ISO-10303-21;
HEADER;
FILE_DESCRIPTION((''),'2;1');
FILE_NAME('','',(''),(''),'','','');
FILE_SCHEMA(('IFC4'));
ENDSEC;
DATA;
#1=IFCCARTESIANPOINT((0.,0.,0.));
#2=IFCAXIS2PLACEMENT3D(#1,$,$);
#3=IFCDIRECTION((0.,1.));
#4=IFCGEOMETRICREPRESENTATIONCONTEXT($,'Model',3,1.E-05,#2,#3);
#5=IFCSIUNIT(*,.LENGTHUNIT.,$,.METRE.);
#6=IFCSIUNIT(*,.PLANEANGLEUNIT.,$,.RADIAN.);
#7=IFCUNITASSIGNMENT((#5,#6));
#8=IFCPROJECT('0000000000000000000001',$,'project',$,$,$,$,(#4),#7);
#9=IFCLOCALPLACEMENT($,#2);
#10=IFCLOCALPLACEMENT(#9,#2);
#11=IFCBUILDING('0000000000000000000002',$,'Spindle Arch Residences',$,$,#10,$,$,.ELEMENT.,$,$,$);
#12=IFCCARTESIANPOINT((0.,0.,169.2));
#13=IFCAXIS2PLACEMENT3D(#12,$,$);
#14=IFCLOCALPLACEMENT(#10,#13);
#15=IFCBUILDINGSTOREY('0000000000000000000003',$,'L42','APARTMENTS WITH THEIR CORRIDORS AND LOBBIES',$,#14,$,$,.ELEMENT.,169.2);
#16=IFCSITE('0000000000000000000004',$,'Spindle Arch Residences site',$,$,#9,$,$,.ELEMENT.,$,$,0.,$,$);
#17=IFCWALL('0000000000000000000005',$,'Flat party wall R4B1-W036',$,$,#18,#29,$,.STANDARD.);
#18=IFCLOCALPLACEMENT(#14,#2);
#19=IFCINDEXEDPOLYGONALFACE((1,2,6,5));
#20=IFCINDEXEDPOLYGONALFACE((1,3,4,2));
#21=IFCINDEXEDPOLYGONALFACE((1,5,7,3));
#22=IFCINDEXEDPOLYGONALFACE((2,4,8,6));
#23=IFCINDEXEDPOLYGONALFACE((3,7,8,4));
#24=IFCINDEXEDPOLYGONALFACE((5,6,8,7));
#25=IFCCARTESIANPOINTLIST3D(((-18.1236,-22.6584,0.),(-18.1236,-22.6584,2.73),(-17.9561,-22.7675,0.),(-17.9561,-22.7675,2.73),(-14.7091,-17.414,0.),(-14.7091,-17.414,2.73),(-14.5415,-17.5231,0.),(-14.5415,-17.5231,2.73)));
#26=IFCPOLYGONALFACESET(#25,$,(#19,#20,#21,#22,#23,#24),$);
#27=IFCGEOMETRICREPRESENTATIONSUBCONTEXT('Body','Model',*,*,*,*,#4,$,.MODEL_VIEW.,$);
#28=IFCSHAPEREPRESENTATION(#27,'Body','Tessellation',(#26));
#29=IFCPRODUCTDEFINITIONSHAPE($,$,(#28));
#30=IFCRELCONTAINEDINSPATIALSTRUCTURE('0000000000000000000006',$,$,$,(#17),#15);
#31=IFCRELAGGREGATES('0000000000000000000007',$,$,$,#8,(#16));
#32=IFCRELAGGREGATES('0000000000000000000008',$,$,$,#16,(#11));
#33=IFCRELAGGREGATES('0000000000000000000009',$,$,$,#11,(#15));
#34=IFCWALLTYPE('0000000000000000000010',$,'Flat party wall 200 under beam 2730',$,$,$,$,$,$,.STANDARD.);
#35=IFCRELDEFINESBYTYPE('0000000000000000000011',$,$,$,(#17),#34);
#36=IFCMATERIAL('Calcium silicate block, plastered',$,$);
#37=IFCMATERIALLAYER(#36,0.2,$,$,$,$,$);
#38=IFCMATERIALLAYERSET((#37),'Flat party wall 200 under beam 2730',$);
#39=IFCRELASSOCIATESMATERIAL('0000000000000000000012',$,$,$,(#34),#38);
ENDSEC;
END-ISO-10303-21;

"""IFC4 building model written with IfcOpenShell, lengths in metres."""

from ifc_helpers import new_model, si_unit, direction, frame, frame_2d, origin, place, context, subcontext, project, spatial, rectangle, extrude, material, layer, layer_set, type_object, element, save


model = new_model("IFC4")

# Units and contexts
model_context = context("Model", 3, precision=1e-05, world=origin(), true_north=direction((0.0, 1.0)))
body_context = subcontext(model_context, "Body", "Model", "MODEL_VIEW")
ifc_project = project(units=[si_unit("LENGTHUNIT", "METRE"), si_unit("PLANEANGLEUNIT", "RADIAN")], contexts=[model_context])

# Site, building, storey
site_placement = place(None, origin())
site = spatial("IfcSite", under=ifc_project, at=site_placement, Name="Spindle Arch Residences site", CompositionType="ELEMENT", RefElevation=0.0)
building_placement = place(site_placement, origin())
building = spatial("IfcBuilding", under=site, at=building_placement, Name="Spindle Arch Residences", CompositionType="ELEMENT")
storey_placement = place(building_placement, frame((0.0, 0.0, 169.2)))
storey = spatial("IfcBuildingStorey", under=building, at=storey_placement, Name="L42", Description="APARTMENTS WITH THEIR CORRIDORS AND LOBBIES", CompositionType="ELEMENT", Elevation=169.2)

# Wall
ifc_material_1 = material(Name="Calcium silicate block, plastered")
ifc_layer_1 = layer(ifc_material_1, 0.2)
ifc_layer_set_1 = layer_set([ifc_layer_1], Name="Flat party wall 200 under beam 2730")
wall_type_1 = type_object("IfcWallType", Name="Flat party wall 200 under beam 2730", PredefinedType="STANDARD", material=ifc_layer_set_1)
wall_1_placement = place(storey_placement, frame((-18.0398, -22.7129, 0.0), z_axis=(0.0, 0.0, 1.0), x_axis=(0.545629, 0.838027, 0.0)))
element("IfcWall", 1, at=wall_1_placement, inside=storey, type_object=wall_type_1, Name="Flat party wall R4B1-W036", PredefinedType="STANDARD", context=body_context, shape_type="SweptSolid", body=[
    extrude(rectangle(XDim=6.2581, YDim=0.2, at=frame_2d((3.1289, 0.0))), origin(), (0.0, 0.0, 1.0), 2.73),
])

save(model, "model.ifc")
